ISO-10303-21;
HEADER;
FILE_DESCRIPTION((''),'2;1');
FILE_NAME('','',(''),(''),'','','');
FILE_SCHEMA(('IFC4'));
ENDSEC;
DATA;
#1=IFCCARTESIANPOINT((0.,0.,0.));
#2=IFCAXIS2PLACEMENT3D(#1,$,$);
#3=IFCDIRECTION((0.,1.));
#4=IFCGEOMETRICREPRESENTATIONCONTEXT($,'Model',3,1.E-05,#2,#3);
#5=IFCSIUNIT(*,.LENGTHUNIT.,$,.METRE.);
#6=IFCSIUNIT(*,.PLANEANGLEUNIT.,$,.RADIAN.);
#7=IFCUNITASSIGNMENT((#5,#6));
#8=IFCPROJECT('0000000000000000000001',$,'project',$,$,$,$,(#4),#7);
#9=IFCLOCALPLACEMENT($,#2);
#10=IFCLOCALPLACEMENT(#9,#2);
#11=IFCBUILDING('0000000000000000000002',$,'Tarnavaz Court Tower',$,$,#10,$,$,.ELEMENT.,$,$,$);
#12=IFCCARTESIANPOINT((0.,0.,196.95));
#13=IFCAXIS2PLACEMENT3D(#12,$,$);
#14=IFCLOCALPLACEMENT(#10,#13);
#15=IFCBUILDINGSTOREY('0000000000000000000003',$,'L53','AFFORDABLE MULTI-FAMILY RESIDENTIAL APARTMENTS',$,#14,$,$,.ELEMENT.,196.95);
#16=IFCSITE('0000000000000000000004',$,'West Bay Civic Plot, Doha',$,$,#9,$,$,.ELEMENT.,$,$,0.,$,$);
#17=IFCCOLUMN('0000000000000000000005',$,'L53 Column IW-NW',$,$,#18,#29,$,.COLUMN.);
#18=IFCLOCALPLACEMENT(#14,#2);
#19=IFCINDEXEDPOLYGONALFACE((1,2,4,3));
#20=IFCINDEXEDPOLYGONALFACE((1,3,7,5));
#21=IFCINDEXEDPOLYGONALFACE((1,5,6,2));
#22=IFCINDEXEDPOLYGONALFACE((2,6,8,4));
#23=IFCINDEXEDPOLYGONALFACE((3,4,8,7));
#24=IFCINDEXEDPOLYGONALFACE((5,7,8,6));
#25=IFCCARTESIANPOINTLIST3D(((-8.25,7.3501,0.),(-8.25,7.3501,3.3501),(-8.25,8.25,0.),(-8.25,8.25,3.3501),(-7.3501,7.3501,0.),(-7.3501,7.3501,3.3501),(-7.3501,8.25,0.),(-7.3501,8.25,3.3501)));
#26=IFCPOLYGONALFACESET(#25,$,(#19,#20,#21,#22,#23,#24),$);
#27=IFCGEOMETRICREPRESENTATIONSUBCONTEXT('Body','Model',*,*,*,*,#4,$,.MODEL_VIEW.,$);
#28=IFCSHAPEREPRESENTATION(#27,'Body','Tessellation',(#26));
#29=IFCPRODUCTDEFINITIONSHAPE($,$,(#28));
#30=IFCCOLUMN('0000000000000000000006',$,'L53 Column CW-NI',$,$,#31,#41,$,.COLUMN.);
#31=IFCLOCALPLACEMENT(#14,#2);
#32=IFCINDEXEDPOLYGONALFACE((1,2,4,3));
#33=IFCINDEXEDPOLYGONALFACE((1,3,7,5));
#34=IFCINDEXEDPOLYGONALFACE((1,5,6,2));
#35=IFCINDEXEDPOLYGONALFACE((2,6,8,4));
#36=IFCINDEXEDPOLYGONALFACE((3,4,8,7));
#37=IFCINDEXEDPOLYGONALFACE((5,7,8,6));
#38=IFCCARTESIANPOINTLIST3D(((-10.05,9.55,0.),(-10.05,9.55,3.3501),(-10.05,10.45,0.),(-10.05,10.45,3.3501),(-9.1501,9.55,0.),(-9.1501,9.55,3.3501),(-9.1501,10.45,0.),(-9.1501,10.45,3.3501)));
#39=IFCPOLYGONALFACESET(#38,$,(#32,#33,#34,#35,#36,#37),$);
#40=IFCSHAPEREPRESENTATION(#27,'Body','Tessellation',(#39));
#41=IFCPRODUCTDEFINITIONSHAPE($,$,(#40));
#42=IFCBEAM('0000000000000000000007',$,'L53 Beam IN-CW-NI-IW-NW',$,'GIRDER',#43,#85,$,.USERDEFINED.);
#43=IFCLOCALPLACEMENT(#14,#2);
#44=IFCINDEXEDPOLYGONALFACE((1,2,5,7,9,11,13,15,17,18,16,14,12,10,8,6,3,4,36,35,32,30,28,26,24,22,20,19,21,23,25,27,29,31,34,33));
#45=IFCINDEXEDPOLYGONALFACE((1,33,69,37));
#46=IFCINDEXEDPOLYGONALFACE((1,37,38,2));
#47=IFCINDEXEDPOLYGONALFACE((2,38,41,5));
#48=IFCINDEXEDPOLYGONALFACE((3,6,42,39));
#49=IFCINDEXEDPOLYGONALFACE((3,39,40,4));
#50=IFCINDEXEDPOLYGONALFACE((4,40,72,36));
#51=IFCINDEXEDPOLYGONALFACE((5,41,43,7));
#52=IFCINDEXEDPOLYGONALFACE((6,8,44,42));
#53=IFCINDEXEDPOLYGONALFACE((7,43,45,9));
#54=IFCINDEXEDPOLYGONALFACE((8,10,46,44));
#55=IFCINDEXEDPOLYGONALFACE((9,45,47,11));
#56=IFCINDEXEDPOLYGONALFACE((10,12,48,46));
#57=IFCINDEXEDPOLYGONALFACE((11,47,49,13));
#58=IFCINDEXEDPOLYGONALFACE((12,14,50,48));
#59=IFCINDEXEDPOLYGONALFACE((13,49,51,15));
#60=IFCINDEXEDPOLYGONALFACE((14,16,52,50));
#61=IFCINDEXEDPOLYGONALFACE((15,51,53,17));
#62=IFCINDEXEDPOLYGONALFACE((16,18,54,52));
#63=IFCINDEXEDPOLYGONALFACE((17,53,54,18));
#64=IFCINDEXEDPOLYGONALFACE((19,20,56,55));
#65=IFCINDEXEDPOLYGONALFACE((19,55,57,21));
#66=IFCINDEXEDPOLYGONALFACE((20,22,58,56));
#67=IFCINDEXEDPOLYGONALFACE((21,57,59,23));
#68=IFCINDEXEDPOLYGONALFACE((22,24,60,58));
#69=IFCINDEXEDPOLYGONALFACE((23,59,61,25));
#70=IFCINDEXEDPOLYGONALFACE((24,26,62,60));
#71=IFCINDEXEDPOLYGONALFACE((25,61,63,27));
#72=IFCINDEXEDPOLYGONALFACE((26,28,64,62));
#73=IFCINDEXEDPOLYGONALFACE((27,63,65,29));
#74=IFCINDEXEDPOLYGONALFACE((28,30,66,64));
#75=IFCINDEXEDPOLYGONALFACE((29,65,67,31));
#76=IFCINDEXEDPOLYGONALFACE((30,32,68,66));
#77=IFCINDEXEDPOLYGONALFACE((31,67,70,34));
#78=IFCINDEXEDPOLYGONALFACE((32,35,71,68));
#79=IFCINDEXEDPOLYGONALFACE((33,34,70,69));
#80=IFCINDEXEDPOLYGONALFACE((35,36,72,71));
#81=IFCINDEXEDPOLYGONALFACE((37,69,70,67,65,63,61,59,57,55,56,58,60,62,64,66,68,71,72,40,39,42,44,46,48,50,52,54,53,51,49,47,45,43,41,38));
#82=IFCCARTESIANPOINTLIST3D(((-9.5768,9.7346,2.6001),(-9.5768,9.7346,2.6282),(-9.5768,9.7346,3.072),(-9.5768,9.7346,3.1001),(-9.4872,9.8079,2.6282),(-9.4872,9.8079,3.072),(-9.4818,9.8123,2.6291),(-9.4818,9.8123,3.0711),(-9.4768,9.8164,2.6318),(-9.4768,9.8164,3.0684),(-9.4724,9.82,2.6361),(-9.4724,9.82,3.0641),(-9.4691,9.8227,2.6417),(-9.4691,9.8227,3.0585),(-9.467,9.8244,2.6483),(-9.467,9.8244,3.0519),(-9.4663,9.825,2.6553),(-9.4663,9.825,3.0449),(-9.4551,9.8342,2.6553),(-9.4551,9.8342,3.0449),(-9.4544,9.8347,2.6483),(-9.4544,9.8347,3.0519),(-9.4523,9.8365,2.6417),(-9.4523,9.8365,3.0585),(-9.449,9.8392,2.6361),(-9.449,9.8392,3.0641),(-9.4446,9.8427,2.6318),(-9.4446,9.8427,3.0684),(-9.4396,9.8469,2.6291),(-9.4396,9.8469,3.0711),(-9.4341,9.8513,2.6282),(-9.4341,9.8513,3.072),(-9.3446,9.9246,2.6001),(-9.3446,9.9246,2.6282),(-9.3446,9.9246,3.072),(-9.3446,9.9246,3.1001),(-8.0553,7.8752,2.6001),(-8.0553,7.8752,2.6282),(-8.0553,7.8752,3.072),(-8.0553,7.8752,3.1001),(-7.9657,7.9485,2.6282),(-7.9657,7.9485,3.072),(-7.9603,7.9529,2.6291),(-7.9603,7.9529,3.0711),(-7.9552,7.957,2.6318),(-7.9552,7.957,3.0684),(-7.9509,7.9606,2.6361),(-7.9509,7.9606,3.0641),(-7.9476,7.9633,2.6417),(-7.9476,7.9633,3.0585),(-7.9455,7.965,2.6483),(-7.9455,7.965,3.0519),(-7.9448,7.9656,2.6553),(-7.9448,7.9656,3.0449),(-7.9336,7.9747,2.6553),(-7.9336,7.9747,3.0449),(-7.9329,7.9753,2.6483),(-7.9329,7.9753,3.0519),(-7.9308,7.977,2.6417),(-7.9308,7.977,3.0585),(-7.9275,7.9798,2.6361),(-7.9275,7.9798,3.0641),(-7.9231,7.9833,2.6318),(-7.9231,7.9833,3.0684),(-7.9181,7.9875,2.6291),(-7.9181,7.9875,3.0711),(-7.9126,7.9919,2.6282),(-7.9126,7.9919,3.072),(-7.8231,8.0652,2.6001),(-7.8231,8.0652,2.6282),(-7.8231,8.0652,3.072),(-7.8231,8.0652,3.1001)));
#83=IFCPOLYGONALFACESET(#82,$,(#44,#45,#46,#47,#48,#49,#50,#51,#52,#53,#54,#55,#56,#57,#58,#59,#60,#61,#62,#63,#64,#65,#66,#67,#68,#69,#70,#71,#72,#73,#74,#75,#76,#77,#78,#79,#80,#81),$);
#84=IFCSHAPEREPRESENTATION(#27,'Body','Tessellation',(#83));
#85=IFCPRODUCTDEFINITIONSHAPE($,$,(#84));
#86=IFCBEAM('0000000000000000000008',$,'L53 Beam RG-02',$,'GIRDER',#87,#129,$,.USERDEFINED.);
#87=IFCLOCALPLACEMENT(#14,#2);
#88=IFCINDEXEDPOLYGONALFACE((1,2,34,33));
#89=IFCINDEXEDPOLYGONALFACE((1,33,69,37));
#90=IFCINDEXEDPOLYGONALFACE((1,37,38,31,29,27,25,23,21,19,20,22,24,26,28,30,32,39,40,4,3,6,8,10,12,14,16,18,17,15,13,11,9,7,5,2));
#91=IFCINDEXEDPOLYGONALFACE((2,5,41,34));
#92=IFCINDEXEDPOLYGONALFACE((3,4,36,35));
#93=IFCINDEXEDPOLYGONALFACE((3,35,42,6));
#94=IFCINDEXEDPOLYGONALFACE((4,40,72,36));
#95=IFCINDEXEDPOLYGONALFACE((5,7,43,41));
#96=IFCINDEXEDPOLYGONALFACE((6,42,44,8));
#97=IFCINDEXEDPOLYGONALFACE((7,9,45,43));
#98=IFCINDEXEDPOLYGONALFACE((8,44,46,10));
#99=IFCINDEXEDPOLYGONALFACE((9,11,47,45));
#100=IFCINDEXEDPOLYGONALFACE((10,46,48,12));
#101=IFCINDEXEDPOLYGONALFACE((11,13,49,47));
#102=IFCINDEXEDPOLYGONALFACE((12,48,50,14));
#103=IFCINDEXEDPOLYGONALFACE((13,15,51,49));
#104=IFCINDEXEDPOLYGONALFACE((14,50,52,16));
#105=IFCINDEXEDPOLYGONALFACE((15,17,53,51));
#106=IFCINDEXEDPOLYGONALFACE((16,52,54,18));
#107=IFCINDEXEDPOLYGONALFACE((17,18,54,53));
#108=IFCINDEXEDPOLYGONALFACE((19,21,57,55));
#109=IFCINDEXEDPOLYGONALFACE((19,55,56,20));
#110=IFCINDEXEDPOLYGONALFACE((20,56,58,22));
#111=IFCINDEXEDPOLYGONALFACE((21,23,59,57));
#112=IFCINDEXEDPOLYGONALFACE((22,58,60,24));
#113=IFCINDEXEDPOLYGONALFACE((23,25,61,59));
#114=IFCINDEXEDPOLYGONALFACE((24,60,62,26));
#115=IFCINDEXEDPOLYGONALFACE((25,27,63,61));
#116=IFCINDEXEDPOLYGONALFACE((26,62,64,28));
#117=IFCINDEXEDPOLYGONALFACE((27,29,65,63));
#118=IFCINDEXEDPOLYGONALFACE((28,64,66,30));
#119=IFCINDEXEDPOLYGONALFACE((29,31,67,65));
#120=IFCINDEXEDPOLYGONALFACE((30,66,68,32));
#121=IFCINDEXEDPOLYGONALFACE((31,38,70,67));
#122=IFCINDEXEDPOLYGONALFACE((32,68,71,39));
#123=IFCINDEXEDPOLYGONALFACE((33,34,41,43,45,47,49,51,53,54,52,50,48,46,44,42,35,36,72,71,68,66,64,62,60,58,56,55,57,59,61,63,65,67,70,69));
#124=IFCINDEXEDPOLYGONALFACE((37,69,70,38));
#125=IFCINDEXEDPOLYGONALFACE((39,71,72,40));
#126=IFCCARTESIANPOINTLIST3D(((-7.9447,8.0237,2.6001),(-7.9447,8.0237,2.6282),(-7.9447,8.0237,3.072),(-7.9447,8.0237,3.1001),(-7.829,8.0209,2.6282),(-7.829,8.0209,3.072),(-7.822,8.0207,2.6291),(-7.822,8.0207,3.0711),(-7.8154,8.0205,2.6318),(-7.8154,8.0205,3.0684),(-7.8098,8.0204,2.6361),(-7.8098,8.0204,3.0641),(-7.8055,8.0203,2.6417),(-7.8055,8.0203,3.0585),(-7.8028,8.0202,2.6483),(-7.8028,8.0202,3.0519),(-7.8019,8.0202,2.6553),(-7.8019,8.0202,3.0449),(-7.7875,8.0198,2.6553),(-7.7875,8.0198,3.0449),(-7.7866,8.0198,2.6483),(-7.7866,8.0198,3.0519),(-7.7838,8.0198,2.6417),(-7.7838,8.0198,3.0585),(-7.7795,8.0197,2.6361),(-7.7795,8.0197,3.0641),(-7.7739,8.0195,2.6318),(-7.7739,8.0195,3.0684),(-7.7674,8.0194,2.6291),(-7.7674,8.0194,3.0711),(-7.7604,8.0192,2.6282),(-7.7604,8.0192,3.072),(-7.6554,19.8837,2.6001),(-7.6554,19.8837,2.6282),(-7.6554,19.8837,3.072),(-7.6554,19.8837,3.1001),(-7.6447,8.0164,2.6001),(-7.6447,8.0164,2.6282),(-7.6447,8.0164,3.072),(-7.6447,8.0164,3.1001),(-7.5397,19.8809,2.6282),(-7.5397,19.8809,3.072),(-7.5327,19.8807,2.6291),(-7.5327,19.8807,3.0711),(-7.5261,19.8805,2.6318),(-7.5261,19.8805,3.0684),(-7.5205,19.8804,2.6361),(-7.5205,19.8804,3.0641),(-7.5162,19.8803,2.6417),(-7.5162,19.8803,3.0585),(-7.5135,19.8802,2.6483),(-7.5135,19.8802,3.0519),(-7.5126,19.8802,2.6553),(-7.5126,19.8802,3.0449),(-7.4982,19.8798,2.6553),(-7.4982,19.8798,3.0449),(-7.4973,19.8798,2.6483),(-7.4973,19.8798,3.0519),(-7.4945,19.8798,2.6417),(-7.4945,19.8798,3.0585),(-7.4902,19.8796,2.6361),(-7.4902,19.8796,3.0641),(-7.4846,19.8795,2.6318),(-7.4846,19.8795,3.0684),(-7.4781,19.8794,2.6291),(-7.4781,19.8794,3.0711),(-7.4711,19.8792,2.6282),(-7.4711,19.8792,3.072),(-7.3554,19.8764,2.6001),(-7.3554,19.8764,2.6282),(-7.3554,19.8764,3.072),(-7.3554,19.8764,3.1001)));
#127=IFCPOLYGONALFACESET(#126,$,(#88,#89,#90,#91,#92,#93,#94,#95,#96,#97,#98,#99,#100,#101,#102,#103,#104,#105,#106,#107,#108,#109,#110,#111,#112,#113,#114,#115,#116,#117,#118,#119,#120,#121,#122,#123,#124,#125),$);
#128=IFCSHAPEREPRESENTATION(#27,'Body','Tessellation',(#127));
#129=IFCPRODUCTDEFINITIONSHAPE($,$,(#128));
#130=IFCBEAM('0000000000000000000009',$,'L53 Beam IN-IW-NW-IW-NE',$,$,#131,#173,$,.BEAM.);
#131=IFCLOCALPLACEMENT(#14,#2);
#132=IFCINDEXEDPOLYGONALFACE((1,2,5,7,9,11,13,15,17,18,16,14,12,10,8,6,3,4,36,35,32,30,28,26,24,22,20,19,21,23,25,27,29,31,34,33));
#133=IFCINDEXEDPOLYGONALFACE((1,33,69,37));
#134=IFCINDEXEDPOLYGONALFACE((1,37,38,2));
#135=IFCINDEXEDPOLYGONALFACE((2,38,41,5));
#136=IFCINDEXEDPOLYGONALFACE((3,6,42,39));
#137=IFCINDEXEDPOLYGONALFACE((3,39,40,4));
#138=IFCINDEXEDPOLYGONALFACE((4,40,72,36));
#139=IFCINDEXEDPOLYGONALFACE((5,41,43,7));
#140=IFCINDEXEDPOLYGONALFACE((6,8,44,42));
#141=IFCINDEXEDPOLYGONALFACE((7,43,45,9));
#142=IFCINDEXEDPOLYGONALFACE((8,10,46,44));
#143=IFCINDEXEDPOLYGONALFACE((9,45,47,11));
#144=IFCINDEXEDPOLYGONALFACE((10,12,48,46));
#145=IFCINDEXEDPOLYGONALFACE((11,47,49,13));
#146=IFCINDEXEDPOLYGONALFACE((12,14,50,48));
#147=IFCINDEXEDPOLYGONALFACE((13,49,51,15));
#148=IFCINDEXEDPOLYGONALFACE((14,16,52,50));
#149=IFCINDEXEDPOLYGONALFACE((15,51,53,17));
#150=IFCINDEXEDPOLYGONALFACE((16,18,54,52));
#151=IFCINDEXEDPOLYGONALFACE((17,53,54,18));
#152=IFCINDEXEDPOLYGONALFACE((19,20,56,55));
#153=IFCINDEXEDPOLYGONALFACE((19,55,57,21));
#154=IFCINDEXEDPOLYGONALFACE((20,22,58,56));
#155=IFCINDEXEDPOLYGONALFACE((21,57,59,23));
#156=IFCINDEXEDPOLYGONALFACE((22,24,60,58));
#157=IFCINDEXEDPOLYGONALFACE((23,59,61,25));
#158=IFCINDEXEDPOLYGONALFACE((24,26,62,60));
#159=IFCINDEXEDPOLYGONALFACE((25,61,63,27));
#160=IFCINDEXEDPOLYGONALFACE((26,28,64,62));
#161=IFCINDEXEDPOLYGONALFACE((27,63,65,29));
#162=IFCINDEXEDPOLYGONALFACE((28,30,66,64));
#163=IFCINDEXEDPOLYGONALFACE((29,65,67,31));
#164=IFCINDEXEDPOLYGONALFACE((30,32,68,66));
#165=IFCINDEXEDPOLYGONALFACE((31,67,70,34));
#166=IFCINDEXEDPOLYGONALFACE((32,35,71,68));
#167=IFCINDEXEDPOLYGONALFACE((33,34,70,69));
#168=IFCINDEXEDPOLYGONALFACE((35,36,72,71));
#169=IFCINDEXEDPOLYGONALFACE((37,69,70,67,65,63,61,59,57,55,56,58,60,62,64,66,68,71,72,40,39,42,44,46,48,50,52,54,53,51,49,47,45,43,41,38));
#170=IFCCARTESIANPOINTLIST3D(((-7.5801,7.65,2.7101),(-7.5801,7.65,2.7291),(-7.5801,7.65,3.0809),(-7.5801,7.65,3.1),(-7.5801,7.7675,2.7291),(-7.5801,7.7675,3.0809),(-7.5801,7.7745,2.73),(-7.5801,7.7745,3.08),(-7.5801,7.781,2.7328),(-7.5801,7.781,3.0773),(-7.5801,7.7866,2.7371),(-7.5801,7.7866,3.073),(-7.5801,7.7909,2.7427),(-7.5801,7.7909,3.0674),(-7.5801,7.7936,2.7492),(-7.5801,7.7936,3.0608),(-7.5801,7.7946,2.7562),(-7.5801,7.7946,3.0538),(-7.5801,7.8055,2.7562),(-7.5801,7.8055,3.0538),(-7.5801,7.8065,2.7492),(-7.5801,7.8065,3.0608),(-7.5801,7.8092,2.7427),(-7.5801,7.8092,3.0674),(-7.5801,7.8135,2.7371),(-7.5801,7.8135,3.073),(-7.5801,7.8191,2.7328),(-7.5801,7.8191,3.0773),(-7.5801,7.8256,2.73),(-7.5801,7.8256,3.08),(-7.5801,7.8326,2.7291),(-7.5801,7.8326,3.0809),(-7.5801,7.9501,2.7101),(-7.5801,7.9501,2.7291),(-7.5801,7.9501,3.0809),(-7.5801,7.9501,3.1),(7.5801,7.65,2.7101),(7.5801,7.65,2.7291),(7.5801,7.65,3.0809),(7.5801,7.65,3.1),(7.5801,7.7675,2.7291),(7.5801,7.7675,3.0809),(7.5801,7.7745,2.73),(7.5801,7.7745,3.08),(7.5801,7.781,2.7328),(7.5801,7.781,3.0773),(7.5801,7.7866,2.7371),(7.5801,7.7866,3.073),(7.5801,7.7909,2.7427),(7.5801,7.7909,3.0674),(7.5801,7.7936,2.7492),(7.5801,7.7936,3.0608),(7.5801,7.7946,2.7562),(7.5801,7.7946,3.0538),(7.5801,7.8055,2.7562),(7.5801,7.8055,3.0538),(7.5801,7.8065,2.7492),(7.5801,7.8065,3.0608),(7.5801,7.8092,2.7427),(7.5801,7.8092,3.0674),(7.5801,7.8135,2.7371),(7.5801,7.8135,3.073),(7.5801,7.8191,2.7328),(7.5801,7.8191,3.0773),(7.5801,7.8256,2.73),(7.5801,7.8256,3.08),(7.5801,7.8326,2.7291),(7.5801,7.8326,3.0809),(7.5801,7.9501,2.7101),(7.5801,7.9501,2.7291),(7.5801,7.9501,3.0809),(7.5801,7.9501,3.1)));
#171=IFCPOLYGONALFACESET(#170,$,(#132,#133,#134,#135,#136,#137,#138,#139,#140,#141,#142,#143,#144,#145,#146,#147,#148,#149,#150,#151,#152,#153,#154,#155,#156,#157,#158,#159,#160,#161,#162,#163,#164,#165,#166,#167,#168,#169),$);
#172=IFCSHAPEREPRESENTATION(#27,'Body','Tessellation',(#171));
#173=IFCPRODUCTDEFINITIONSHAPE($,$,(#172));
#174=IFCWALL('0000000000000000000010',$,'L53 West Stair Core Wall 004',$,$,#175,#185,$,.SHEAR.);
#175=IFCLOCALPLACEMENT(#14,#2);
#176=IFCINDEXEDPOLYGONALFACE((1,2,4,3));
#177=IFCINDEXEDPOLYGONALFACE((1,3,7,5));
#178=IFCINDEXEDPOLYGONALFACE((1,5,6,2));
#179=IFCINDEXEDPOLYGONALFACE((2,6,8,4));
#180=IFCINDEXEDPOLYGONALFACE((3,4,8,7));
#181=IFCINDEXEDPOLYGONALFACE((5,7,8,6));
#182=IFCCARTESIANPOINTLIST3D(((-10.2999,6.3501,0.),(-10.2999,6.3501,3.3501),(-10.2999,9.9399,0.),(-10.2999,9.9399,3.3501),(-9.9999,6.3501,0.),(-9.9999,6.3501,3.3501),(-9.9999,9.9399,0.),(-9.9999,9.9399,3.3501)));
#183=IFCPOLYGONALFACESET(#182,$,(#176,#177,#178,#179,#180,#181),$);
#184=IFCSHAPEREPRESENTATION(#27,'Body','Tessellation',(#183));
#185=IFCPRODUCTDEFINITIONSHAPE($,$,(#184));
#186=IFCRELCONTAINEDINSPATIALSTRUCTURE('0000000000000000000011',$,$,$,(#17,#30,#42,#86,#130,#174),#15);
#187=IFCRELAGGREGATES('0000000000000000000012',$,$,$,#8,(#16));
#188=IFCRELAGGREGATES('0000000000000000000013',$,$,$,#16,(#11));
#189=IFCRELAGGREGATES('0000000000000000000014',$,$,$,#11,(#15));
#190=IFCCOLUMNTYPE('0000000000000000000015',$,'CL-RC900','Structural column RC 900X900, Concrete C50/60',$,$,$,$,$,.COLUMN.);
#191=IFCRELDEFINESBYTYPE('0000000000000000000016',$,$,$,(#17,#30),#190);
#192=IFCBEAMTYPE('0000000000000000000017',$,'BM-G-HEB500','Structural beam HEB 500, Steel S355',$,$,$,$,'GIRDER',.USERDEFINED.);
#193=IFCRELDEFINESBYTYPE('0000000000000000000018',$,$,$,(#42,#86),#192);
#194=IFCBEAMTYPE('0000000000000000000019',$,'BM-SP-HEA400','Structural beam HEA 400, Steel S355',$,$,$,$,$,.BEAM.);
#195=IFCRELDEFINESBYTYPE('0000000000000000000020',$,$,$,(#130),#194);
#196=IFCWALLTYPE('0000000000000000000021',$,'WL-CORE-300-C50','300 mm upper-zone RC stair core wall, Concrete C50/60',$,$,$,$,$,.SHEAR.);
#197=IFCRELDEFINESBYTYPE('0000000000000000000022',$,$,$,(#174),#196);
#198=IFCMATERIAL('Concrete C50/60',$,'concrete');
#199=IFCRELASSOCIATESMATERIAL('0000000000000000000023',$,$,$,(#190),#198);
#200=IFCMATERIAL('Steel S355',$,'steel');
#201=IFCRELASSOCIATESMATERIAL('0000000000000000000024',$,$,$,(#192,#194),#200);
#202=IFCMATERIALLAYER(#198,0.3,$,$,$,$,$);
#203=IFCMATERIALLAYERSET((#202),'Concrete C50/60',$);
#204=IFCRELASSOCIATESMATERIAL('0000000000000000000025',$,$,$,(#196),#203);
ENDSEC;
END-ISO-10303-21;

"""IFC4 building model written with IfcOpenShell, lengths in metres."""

from ifc_helpers import new_model, si_unit, direction, frame, frame_2d, origin, origin_2d, place, context, subcontext, project, spatial, rectangle, i_section, extrude, material, layer, layer_set, material_profile, profile_set, type_object, element, save


model = new_model("IFC4")

# Units and contexts
model_context = context("Model", 3, precision=1e-05, world=origin(), true_north=direction((0.0, 1.0)))
body_context = subcontext(model_context, "Body", "Model", "MODEL_VIEW")
ifc_project = project(units=[si_unit("LENGTHUNIT", "METRE"), si_unit("PLANEANGLEUNIT", "RADIAN")], contexts=[model_context])

# Site, building, storey
site_placement = place(None, origin())
site = spatial("IfcSite", under=ifc_project, at=site_placement, Name="West Bay Civic Plot, Doha", CompositionType="ELEMENT", RefElevation=0.0)
building_placement = place(site_placement, origin())
building = spatial("IfcBuilding", under=site, at=building_placement, Name="Tarnavaz Court Tower", CompositionType="ELEMENT")
storey_placement = place(building_placement, frame((0.0, 0.0, 196.95)))
storey = spatial("IfcBuildingStorey", under=building, at=storey_placement, Name="L53", Description="AFFORDABLE MULTI-FAMILY RESIDENTIAL APARTMENTS", CompositionType="ELEMENT", Elevation=196.95)

# Columns
ifc_material_1 = material(Name="Concrete C50/60", Category="concrete")
ifc_material_profile_1 = material_profile(ifc_material_1, rectangle(XDim=0.8999, YDim=0.8999, at=origin_2d()), Name="RC 900X900")
ifc_profile_set_1 = profile_set([ifc_material_profile_1], Name="Concrete C50/60")
column_type = type_object("IfcColumnType", Name="CL-RC900", Description="Structural column RC 900X900, Concrete C50/60", PredefinedType="COLUMN", material=ifc_profile_set_1)
for number, where, z_axis, x_axis, name in (
    (1, (-7.8, 7.8, 0.0), (0.0, 0.0, 1.0), (1.0, 0.0, 0.0), "L53 Column IW-NW"),
    (2, (-9.6001, 10.0, 0.0), (0.0, 0.0, 1.0), (1.0, 0.0, 0.0), "L53 Column CW-NI"),
):
    element("IfcColumn", number, at=place(storey_placement, frame(where, z_axis=z_axis, x_axis=x_axis)), inside=storey, type_object=column_type, Name=name, PredefinedType="COLUMN", context=body_context, shape_type="SweptSolid", body=[
        extrude(rectangle(XDim=0.8999, YDim=0.8999, at=origin_2d()), origin(), (0.0, 0.0, 1.0), 3.3501),
    ])

# Beams
ifc_material_2 = material(Name="Steel S355", Category="steel")
ifc_material_profile_2 = material_profile(ifc_material_2, i_section(OverallWidth=0.3, OverallDepth=0.5, WebThickness=0.0144, FlangeThickness=0.0281, FilletRadius=0.0271, at=origin_2d()), Name="HEB 500")
ifc_profile_set_2 = profile_set([ifc_material_profile_2], Name="Steel S355")
beam_type_1 = type_object("IfcBeamType", Name="BM-G-HEB500", Description="Structural beam HEB 500, Steel S355", ElementType="GIRDER", PredefinedType="USERDEFINED", material=ifc_profile_set_2)
beam_1_placement = place(storey_placement, frame((-9.4607, 9.8296, 2.8501), z_axis=(0.633282, -0.773921, 0.0), x_axis=(0.773921, 0.633282, 0.0)))
element("IfcBeam", 3, at=beam_1_placement, inside=storey, type_object=beam_type_1, Name="L53 Beam IN-CW-NI-IW-NW", ObjectType="GIRDER", PredefinedType="USERDEFINED", context=body_context, shape_type="SweptSolid", body=[
    extrude(i_section(OverallWidth=0.3, OverallDepth=0.5, WebThickness=0.0144, FlangeThickness=0.0281, FilletRadius=0.0271, at=origin_2d()), origin(), (0.0, 0.0, 1.0), 2.4026),
])
beam_2_placement = place(storey_placement, frame((-7.7947, 8.02, 2.8501), z_axis=(0.024386, 0.999703, 0.0), x_axis=(-0.999703, 0.024386, 0.0)))
element("IfcBeam", 4, at=beam_2_placement, inside=storey, type_object=beam_type_1, Name="L53 Beam RG-02", ObjectType="GIRDER", PredefinedType="USERDEFINED", context=body_context, shape_type="SweptSolid", body=[
    extrude(i_section(OverallWidth=0.3, OverallDepth=0.5, WebThickness=0.0144, FlangeThickness=0.0281, FilletRadius=0.0271, at=origin_2d()), origin(), (0.0, 0.0, 1.0), 11.8635),
])
ifc_material_profile_3 = material_profile(ifc_material_2, i_section(OverallWidth=0.3, OverallDepth=0.3899, WebThickness=0.011, FlangeThickness=0.019, FilletRadius=0.0271, at=origin_2d()), Name="HEA 400")
ifc_profile_set_3 = profile_set([ifc_material_profile_3], Name="Steel S355")
beam_type_2 = type_object("IfcBeamType", Name="BM-SP-HEA400", Description="Structural beam HEA 400, Steel S355", PredefinedType="BEAM", material=ifc_profile_set_3)
beam_3_placement = place(storey_placement, frame((-7.5801, 7.8, 2.905), z_axis=(1.0, 0.0, 0.0), x_axis=(0.0, 1.0, 0.0)))
element("IfcBeam", 5, at=beam_3_placement, inside=storey, type_object=beam_type_2, Name="L53 Beam IN-IW-NW-IW-NE", PredefinedType="BEAM", context=body_context, shape_type="SweptSolid", body=[
    extrude(i_section(OverallWidth=0.3, OverallDepth=0.3899, WebThickness=0.011, FlangeThickness=0.019, FilletRadius=0.0271, at=origin_2d()), origin(), (0.0, 0.0, 1.0), 15.1602),
])

# Wall
ifc_layer_1 = layer(ifc_material_1, 0.3)
ifc_layer_set_1 = layer_set([ifc_layer_1], Name="Concrete C50/60")
wall_type_1 = type_object("IfcWallType", Name="WL-CORE-300-C50", Description="300 mm upper-zone RC stair core wall, Concrete C50/60", PredefinedType="SHEAR", material=ifc_layer_set_1)
wall_1_placement = place(storey_placement, frame((-10.1499, 6.3501, 0.0), z_axis=(0.0, 0.0, 1.0), x_axis=(0.0, 1.0, 0.0)))
element("IfcWall", 6, at=wall_1_placement, inside=storey, type_object=wall_type_1, Name="L53 West Stair Core Wall 004", PredefinedType="SHEAR", context=body_context, shape_type="SweptSolid", body=[
    extrude(rectangle(XDim=3.5898, YDim=0.3, at=frame_2d((1.7949, 0.0))), origin(), (0.0, 0.0, 1.0), 3.3501),
])

save(model, "model.ifc")
